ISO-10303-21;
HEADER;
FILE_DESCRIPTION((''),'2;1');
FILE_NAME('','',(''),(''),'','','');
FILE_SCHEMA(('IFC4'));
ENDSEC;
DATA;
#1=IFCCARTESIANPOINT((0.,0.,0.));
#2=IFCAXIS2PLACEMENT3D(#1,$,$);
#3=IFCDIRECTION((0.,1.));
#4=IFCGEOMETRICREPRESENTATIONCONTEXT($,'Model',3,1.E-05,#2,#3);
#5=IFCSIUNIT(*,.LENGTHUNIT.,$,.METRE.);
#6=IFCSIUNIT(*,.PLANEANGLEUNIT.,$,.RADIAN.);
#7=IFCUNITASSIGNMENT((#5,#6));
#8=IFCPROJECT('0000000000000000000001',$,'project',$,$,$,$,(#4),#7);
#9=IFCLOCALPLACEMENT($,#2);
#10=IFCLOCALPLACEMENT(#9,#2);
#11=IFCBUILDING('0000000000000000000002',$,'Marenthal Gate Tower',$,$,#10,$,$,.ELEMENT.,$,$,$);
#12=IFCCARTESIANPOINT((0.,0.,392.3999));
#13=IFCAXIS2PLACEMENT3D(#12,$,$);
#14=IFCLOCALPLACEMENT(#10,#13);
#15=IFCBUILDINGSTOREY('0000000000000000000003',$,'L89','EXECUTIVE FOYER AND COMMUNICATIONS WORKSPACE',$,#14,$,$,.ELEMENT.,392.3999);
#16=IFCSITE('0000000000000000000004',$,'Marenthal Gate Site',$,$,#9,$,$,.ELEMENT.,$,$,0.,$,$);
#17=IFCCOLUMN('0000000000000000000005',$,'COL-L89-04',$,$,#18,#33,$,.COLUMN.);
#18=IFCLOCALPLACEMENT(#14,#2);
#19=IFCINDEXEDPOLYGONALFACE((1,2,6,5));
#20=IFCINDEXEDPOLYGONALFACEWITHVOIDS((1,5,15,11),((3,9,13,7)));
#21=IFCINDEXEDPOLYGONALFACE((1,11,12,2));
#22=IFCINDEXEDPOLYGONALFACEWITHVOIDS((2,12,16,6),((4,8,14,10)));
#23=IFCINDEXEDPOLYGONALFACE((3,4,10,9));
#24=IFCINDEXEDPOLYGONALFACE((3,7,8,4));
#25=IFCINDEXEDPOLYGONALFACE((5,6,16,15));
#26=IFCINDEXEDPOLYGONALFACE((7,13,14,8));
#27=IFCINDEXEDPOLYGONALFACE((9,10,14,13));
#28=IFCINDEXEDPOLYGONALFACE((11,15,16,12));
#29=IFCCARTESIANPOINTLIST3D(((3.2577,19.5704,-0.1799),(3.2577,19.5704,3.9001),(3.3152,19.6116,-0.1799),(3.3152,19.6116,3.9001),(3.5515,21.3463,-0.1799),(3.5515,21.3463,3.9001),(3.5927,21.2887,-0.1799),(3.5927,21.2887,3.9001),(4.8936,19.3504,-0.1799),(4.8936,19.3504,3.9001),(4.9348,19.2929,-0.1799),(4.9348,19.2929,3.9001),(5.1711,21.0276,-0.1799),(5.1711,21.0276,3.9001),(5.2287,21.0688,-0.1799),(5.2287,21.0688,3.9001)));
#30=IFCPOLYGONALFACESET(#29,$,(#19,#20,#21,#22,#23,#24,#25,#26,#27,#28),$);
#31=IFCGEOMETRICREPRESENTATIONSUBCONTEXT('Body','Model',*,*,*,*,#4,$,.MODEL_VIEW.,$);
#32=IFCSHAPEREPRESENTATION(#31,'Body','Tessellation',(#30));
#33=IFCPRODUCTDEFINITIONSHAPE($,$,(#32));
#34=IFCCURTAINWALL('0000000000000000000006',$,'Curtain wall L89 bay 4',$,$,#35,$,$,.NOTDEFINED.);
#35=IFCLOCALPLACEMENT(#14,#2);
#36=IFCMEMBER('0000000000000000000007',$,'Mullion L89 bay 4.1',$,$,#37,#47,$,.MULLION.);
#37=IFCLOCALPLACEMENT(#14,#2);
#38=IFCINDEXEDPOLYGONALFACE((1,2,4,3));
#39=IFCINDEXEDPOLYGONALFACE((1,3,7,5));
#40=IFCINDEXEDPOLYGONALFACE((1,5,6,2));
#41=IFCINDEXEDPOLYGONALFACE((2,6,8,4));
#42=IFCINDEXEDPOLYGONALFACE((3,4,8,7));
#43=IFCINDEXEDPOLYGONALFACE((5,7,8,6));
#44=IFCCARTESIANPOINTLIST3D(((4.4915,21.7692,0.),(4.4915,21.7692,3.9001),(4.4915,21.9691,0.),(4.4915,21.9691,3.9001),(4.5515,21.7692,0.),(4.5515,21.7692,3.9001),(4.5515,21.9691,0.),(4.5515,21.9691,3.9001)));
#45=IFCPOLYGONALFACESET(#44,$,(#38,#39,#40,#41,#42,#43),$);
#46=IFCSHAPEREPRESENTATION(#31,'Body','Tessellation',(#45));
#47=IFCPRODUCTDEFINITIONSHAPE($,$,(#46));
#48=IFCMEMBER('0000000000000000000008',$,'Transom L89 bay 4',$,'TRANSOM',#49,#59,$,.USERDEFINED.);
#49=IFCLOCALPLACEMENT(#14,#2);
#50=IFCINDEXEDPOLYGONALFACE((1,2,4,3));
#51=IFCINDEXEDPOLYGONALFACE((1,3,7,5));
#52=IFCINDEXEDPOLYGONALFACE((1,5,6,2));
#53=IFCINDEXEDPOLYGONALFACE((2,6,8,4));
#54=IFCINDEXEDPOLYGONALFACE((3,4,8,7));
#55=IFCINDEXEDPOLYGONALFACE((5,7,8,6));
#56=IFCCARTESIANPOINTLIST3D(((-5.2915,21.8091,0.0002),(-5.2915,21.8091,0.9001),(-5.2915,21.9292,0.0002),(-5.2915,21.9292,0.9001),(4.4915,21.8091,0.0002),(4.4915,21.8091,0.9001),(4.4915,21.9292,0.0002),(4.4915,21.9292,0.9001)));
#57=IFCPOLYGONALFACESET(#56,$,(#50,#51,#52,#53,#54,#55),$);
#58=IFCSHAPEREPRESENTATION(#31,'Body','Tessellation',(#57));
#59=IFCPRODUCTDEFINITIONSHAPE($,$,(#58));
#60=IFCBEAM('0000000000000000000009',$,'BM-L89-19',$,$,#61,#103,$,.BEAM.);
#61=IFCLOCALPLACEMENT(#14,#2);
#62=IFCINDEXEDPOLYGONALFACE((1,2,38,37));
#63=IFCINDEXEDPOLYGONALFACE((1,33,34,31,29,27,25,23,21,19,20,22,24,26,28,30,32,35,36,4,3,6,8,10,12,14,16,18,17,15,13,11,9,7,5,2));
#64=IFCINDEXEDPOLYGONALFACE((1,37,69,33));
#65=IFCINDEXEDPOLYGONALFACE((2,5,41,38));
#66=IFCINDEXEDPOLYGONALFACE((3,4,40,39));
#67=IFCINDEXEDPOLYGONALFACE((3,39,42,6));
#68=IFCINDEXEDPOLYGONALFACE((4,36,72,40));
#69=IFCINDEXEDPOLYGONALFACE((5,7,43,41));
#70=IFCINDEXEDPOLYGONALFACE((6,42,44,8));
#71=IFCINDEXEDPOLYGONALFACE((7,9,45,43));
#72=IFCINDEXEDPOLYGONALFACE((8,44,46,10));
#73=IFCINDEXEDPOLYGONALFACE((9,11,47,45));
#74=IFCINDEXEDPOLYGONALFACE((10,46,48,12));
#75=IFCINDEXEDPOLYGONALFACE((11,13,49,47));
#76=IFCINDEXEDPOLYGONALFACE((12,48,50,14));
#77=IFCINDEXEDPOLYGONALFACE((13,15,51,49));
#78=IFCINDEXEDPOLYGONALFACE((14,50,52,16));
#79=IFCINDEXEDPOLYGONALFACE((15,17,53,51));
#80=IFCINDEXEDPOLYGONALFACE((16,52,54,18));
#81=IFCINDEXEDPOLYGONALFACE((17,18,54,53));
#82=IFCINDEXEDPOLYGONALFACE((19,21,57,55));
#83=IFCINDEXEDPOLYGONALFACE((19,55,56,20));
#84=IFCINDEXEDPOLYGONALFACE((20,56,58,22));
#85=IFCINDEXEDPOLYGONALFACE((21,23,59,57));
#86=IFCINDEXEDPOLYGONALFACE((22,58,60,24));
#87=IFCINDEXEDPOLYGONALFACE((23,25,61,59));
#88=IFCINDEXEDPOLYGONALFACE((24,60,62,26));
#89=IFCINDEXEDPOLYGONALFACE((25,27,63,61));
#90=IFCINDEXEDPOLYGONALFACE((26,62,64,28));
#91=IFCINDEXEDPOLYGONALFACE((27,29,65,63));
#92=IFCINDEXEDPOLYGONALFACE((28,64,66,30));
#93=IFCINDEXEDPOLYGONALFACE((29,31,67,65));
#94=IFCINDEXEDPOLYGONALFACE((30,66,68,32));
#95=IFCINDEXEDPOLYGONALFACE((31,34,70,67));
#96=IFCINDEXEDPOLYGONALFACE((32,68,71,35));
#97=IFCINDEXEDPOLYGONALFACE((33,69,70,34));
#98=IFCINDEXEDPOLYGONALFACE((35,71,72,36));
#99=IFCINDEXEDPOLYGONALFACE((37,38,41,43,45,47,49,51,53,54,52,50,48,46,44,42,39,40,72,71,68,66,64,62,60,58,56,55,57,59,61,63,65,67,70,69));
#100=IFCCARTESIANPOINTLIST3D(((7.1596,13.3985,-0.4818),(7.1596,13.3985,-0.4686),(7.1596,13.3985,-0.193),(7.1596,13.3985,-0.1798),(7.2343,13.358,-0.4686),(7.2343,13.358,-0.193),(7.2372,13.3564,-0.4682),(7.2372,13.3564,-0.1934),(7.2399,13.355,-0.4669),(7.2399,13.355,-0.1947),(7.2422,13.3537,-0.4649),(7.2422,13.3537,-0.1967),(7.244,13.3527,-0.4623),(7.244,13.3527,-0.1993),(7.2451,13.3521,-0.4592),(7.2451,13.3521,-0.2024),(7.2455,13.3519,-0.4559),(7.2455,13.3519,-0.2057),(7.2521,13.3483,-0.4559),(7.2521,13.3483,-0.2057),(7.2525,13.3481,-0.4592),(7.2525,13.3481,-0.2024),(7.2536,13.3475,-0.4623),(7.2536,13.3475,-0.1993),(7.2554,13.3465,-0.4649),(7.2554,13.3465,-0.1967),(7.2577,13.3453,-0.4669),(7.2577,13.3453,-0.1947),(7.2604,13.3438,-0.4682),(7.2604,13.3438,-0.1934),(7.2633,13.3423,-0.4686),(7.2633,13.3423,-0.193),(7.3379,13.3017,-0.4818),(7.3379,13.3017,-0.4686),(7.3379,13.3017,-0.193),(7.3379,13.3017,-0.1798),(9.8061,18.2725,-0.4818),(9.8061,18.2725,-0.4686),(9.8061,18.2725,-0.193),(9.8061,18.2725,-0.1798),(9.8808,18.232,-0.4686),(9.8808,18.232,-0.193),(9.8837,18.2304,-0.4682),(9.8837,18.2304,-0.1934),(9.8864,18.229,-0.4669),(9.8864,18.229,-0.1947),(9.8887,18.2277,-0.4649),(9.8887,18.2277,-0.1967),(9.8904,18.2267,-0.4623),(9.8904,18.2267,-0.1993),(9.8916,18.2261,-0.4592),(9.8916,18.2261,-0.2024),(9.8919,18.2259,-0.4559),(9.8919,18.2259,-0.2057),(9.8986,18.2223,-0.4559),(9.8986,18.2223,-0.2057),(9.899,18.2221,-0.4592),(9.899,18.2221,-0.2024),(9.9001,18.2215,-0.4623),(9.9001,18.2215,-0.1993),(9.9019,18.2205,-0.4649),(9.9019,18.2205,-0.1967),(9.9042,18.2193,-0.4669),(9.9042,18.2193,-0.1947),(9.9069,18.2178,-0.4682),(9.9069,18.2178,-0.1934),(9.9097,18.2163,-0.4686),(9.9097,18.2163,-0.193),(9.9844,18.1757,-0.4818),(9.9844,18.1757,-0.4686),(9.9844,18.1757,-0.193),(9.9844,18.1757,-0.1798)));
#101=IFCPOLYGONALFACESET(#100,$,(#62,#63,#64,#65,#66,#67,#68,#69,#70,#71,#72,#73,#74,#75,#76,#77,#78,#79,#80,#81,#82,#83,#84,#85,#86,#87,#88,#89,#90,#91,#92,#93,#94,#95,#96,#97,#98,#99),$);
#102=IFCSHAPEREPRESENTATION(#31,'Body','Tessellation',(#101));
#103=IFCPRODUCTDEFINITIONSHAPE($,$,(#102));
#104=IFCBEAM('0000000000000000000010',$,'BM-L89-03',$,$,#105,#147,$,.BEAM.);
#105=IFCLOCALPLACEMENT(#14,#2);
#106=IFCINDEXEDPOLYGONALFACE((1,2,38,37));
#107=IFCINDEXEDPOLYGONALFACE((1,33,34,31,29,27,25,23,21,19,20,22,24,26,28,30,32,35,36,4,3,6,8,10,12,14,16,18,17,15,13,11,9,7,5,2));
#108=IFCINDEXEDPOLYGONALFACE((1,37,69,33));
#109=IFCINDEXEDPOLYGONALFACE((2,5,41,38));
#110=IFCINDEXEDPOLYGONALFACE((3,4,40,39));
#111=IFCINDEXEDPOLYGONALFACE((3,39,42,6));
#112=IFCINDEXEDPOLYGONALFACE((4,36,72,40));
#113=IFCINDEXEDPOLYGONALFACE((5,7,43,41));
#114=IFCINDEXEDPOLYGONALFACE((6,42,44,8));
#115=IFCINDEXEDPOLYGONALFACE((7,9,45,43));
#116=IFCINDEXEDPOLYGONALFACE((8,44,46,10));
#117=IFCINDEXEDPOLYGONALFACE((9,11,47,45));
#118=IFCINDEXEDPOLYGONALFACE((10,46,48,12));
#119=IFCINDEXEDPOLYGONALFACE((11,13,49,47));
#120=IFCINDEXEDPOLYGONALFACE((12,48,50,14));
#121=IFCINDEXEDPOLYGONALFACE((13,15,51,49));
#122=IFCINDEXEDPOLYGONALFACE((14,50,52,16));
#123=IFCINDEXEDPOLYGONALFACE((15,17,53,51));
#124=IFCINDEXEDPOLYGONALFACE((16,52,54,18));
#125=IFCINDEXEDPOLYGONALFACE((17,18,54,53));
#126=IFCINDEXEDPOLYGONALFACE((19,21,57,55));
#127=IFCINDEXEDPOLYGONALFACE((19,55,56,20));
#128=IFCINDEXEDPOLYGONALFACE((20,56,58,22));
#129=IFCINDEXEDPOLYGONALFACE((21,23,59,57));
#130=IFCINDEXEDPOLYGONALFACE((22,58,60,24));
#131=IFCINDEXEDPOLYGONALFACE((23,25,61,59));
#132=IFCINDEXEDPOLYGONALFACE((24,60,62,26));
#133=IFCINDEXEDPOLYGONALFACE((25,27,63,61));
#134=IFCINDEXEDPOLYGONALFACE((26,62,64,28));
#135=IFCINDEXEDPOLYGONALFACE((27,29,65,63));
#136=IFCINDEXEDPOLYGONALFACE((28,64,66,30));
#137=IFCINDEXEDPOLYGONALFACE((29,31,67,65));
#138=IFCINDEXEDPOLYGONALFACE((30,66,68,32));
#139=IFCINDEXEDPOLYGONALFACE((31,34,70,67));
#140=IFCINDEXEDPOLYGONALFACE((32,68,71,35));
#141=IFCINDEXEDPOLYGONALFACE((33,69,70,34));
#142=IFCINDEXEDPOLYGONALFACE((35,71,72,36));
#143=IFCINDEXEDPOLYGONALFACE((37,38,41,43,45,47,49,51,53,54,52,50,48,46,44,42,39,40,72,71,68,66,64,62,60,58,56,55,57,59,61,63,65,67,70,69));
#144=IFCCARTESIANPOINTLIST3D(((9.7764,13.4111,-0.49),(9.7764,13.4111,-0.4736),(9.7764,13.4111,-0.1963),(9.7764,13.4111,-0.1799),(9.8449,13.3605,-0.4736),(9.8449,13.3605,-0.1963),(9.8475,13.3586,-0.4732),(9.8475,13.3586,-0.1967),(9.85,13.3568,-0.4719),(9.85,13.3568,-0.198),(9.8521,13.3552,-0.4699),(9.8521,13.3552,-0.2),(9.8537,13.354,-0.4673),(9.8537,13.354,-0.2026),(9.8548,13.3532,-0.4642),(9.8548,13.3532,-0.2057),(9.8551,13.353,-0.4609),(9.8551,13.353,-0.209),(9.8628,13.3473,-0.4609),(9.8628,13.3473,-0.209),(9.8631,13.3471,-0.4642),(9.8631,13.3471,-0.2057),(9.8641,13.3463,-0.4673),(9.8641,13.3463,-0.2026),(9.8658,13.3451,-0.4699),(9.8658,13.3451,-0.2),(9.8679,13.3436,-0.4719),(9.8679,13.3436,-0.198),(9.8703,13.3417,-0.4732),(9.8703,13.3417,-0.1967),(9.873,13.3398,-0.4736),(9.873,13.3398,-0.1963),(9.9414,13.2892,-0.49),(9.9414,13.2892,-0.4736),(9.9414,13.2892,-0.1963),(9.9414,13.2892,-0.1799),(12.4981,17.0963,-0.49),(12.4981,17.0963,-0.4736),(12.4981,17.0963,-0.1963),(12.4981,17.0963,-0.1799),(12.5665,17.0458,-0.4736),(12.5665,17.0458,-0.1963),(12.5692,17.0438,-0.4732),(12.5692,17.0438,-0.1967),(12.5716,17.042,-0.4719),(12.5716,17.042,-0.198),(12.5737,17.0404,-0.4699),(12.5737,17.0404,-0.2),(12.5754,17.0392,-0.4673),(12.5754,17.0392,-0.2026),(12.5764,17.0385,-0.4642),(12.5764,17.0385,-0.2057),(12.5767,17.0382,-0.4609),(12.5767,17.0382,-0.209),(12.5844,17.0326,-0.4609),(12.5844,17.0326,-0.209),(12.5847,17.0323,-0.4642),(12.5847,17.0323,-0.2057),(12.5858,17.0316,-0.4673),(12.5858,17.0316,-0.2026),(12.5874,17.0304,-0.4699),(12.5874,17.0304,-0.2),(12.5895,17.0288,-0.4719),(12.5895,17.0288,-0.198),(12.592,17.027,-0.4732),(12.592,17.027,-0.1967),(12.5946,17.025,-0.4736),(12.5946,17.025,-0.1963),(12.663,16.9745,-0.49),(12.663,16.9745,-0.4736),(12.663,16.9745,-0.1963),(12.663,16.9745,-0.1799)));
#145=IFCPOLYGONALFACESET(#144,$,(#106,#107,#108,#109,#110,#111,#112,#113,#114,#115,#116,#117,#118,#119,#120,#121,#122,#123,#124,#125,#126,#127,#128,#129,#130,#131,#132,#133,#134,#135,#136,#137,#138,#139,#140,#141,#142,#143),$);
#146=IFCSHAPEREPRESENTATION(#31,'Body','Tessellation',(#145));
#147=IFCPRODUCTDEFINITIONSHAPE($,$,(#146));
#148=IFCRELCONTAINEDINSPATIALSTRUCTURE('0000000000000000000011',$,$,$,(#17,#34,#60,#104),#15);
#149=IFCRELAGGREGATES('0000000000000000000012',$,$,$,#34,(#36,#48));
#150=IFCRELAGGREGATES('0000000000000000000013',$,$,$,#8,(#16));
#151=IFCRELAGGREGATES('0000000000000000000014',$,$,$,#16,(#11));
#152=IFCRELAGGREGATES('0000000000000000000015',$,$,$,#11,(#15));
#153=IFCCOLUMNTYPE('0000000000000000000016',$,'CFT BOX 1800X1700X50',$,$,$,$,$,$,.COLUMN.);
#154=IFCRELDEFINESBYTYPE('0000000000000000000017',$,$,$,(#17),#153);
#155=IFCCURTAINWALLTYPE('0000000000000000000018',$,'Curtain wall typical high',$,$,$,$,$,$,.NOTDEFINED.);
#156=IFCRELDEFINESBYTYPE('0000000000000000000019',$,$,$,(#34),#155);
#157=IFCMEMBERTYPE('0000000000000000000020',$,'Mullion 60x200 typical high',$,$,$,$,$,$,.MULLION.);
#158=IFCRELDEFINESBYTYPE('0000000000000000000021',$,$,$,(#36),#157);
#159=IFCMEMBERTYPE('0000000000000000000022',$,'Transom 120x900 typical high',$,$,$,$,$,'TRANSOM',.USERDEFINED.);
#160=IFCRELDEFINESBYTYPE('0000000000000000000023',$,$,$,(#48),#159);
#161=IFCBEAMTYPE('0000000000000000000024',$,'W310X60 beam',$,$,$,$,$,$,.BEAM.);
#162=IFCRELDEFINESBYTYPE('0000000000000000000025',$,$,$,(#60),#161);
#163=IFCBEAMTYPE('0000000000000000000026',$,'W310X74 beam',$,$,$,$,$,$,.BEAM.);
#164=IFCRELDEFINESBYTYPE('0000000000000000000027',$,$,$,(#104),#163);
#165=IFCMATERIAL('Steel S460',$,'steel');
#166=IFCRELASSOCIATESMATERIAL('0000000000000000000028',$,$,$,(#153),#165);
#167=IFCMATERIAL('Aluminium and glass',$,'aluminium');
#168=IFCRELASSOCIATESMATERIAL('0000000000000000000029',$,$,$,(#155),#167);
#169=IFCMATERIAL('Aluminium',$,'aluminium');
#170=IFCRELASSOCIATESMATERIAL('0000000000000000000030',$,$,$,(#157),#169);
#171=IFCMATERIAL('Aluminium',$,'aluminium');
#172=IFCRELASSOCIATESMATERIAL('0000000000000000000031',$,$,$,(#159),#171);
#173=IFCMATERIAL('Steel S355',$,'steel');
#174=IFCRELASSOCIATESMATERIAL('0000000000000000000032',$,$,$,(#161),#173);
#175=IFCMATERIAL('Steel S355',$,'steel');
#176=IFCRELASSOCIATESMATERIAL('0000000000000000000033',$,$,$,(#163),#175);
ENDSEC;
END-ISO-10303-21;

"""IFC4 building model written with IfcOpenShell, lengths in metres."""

from ifc_helpers import new_model, si_unit, direction, frame, origin, origin_2d, place, context, subcontext, project, spatial, rectangle, hollow_rectangle, i_section, extrude, material, material_profile, profile_set, type_object, element, aggregate, save


model = new_model("IFC4")

# Units and contexts
model_context = context("Model", 3, precision=1e-05, world=origin(), true_north=direction((0.0, 1.0)))
body_context = subcontext(model_context, "Body", "Model", "MODEL_VIEW")
ifc_project = project(units=[si_unit("LENGTHUNIT", "METRE"), si_unit("PLANEANGLEUNIT", "RADIAN")], contexts=[model_context])

# Site, building, storey
site_placement = place(None, origin())
site = spatial("IfcSite", under=ifc_project, at=site_placement, Name="Marenthal Gate Site", CompositionType="ELEMENT", RefElevation=0.0)
building_placement = place(site_placement, origin())
building = spatial("IfcBuilding", under=site, at=building_placement, Name="Marenthal Gate Tower", CompositionType="ELEMENT")
storey_placement = place(building_placement, frame((0.0, 0.0, 392.3999)))
storey = spatial("IfcBuildingStorey", under=building, at=storey_placement, Name="L89", Description="EXECUTIVE FOYER AND COMMUNICATIONS WORKSPACE", CompositionType="ELEMENT", Elevation=392.3999)

# Column
ifc_material_1 = material(Name="Steel S460", Category="steel")
ifc_material_profile_1 = material_profile(ifc_material_1, hollow_rectangle(XDim=1.7, YDim=1.8, WallThickness=0.05, at=origin_2d()), Name="CFT BOX 1800X1700X50")
ifc_material_2 = material(Name="Concrete 70 MPa", Category="concrete")
ifc_material_profile_2 = material_profile(ifc_material_2, rectangle(XDim=1.6001, YDim=1.7, at=origin_2d()), Name="CFT BOX 1800X1700X50 INFILL")
ifc_profile_set_1 = profile_set([ifc_material_profile_1, ifc_material_profile_2], Name="Steel S460 shell, Concrete 70 MPa infill")
column_type = type_object("IfcColumnType", Name="CFT BOX 1800X1700X50", PredefinedType="COLUMN", material=ifc_profile_set_1)
column_placement = place(storey_placement, frame((4.2432, 20.3196, -0.1799), z_axis=(0.0, 0.0, 1.0), x_axis=(0.986583, -0.163262, 0.0)))
element("IfcColumn", 1, at=column_placement, inside=storey, type_object=column_type, Name="COL-L89-04", PredefinedType="COLUMN", context=body_context, shape_type="SweptSolid", body=[
    extrude(hollow_rectangle(XDim=1.7, YDim=1.8, WallThickness=0.05, at=origin_2d()), origin(), (0.0, 0.0, 1.0), 4.0801),
])

# Curtain wall, members
ifc_material_3 = material(Name="Aluminium and glass", Category="aluminium")
curtain_wall_type = type_object("IfcCurtainWallType", Name="Curtain wall typical high", PredefinedType="NOTDEFINED", material=ifc_material_3)
curtain_wall_placement = place(storey_placement, origin())
curtain_wall = element("IfcCurtainWall", 2, at=curtain_wall_placement, inside=storey, type_object=curtain_wall_type, Name="Curtain wall L89 bay 4", PredefinedType="NOTDEFINED")
ifc_material_4 = material(Name="Aluminium", Category="aluminium")
ifc_material_profile_3 = material_profile(ifc_material_4, rectangle(XDim=0.2, YDim=0.0601, at=origin_2d()), Name="60x200 aluminium mullion")
ifc_profile_set_2 = profile_set([ifc_material_profile_3], Name="Aluminium")
member_type_1 = type_object("IfcMemberType", Name="Mullion 60x200 typical high", PredefinedType="MULLION", material=ifc_profile_set_2)
member_1_placement = place(storey_placement, frame((4.5215, 21.8691, 0.0), z_axis=(0.0, 0.0, 1.0), x_axis=(0.0, -1.0, 0.0)))
member_1 = element("IfcMember", 3, at=member_1_placement, type_object=member_type_1, Name="Mullion L89 bay 4.1", PredefinedType="MULLION", context=body_context, shape_type="SweptSolid", body=[
    extrude(rectangle(XDim=0.2, YDim=0.0601, at=origin_2d()), origin(), (0.0, 0.0, 1.0), 3.9001),
])
ifc_material_5 = material(Name="Aluminium", Category="aluminium")
ifc_material_profile_4 = material_profile(ifc_material_5, rectangle(XDim=0.1201, YDim=0.8999, at=origin_2d()), Name="120x900 aluminium transom")
ifc_profile_set_3 = profile_set([ifc_material_profile_4], Name="Aluminium")
member_type_2 = type_object("IfcMemberType", Name="Transom 120x900 typical high", ElementType="TRANSOM", PredefinedType="USERDEFINED", material=ifc_profile_set_3)
member_2_placement = place(storey_placement, frame((4.4915, 21.8691, 0.4502), z_axis=(-1.0, 0.0, 0.0), x_axis=(0.0, -1.0, 0.0)))
member_2 = element("IfcMember", 4, at=member_2_placement, type_object=member_type_2, Name="Transom L89 bay 4", ObjectType="TRANSOM", PredefinedType="USERDEFINED", context=body_context, shape_type="SweptSolid", body=[
    extrude(rectangle(XDim=0.1201, YDim=0.8999, at=origin_2d()), origin(), (0.0, 0.0, 1.0), 9.783),
])

# Beams
ifc_material_6 = material(Name="Steel S355", Category="steel")
ifc_material_profile_5 = material_profile(ifc_material_6, i_section(OverallWidth=0.2029, OverallDepth=0.302, WebThickness=0.0076, FlangeThickness=0.0132, FilletRadius=0.0127, at=origin_2d()), Name="W310X60")
ifc_profile_set_4 = profile_set([ifc_material_profile_5], Name="Steel S355")
beam_type_1 = type_object("IfcBeamType", Name="W310X60 beam", PredefinedType="BEAM", material=ifc_profile_set_4)
beam_1_placement = place(storey_placement, frame((9.8953, 18.2241, -0.3308), z_axis=(-0.477173, -0.878809, 0.0), x_axis=(0.878809, -0.477173, 0.0)))
element("IfcBeam", 5, at=beam_1_placement, inside=storey, type_object=beam_type_1, Name="BM-L89-19", PredefinedType="BEAM", context=body_context, shape_type="SweptSolid", body=[
    extrude(i_section(OverallWidth=0.2029, OverallDepth=0.302, WebThickness=0.0076, FlangeThickness=0.0132, FilletRadius=0.0127, at=origin_2d()), origin(), (0.0, 0.0, 1.0), 5.5461),
])
ifc_material_7 = material(Name="Steel S355", Category="steel")
ifc_material_profile_6 = material_profile(ifc_material_7, i_section(OverallWidth=0.2051, OverallDepth=0.3101, WebThickness=0.0095, FlangeThickness=0.0164, FilletRadius=0.0127, at=origin_2d()), Name="W310X74")
ifc_profile_set_5 = profile_set([ifc_material_profile_6], Name="Steel S355")
beam_type_2 = type_object("IfcBeamType", Name="W310X74 beam", PredefinedType="BEAM", material=ifc_profile_set_5)
beam_2_placement = place(storey_placement, frame((12.5806, 17.0354, -0.335), z_axis=(-0.594075, -0.80441, 0.0), x_axis=(0.80441, -0.594075, 0.0)))
element("IfcBeam", 6, at=beam_2_placement, inside=storey, type_object=beam_type_2, Name="BM-L89-03", PredefinedType="BEAM", context=body_context, shape_type="SweptSolid", body=[
    extrude(i_section(OverallWidth=0.2051, OverallDepth=0.3101, WebThickness=0.0095, FlangeThickness=0.0164, FilletRadius=0.0127, at=origin_2d()), origin(), (0.0, 0.0, 1.0), 4.5813),
])

aggregate(curtain_wall, [member_1, member_2])

save(model, "model.ifc")
